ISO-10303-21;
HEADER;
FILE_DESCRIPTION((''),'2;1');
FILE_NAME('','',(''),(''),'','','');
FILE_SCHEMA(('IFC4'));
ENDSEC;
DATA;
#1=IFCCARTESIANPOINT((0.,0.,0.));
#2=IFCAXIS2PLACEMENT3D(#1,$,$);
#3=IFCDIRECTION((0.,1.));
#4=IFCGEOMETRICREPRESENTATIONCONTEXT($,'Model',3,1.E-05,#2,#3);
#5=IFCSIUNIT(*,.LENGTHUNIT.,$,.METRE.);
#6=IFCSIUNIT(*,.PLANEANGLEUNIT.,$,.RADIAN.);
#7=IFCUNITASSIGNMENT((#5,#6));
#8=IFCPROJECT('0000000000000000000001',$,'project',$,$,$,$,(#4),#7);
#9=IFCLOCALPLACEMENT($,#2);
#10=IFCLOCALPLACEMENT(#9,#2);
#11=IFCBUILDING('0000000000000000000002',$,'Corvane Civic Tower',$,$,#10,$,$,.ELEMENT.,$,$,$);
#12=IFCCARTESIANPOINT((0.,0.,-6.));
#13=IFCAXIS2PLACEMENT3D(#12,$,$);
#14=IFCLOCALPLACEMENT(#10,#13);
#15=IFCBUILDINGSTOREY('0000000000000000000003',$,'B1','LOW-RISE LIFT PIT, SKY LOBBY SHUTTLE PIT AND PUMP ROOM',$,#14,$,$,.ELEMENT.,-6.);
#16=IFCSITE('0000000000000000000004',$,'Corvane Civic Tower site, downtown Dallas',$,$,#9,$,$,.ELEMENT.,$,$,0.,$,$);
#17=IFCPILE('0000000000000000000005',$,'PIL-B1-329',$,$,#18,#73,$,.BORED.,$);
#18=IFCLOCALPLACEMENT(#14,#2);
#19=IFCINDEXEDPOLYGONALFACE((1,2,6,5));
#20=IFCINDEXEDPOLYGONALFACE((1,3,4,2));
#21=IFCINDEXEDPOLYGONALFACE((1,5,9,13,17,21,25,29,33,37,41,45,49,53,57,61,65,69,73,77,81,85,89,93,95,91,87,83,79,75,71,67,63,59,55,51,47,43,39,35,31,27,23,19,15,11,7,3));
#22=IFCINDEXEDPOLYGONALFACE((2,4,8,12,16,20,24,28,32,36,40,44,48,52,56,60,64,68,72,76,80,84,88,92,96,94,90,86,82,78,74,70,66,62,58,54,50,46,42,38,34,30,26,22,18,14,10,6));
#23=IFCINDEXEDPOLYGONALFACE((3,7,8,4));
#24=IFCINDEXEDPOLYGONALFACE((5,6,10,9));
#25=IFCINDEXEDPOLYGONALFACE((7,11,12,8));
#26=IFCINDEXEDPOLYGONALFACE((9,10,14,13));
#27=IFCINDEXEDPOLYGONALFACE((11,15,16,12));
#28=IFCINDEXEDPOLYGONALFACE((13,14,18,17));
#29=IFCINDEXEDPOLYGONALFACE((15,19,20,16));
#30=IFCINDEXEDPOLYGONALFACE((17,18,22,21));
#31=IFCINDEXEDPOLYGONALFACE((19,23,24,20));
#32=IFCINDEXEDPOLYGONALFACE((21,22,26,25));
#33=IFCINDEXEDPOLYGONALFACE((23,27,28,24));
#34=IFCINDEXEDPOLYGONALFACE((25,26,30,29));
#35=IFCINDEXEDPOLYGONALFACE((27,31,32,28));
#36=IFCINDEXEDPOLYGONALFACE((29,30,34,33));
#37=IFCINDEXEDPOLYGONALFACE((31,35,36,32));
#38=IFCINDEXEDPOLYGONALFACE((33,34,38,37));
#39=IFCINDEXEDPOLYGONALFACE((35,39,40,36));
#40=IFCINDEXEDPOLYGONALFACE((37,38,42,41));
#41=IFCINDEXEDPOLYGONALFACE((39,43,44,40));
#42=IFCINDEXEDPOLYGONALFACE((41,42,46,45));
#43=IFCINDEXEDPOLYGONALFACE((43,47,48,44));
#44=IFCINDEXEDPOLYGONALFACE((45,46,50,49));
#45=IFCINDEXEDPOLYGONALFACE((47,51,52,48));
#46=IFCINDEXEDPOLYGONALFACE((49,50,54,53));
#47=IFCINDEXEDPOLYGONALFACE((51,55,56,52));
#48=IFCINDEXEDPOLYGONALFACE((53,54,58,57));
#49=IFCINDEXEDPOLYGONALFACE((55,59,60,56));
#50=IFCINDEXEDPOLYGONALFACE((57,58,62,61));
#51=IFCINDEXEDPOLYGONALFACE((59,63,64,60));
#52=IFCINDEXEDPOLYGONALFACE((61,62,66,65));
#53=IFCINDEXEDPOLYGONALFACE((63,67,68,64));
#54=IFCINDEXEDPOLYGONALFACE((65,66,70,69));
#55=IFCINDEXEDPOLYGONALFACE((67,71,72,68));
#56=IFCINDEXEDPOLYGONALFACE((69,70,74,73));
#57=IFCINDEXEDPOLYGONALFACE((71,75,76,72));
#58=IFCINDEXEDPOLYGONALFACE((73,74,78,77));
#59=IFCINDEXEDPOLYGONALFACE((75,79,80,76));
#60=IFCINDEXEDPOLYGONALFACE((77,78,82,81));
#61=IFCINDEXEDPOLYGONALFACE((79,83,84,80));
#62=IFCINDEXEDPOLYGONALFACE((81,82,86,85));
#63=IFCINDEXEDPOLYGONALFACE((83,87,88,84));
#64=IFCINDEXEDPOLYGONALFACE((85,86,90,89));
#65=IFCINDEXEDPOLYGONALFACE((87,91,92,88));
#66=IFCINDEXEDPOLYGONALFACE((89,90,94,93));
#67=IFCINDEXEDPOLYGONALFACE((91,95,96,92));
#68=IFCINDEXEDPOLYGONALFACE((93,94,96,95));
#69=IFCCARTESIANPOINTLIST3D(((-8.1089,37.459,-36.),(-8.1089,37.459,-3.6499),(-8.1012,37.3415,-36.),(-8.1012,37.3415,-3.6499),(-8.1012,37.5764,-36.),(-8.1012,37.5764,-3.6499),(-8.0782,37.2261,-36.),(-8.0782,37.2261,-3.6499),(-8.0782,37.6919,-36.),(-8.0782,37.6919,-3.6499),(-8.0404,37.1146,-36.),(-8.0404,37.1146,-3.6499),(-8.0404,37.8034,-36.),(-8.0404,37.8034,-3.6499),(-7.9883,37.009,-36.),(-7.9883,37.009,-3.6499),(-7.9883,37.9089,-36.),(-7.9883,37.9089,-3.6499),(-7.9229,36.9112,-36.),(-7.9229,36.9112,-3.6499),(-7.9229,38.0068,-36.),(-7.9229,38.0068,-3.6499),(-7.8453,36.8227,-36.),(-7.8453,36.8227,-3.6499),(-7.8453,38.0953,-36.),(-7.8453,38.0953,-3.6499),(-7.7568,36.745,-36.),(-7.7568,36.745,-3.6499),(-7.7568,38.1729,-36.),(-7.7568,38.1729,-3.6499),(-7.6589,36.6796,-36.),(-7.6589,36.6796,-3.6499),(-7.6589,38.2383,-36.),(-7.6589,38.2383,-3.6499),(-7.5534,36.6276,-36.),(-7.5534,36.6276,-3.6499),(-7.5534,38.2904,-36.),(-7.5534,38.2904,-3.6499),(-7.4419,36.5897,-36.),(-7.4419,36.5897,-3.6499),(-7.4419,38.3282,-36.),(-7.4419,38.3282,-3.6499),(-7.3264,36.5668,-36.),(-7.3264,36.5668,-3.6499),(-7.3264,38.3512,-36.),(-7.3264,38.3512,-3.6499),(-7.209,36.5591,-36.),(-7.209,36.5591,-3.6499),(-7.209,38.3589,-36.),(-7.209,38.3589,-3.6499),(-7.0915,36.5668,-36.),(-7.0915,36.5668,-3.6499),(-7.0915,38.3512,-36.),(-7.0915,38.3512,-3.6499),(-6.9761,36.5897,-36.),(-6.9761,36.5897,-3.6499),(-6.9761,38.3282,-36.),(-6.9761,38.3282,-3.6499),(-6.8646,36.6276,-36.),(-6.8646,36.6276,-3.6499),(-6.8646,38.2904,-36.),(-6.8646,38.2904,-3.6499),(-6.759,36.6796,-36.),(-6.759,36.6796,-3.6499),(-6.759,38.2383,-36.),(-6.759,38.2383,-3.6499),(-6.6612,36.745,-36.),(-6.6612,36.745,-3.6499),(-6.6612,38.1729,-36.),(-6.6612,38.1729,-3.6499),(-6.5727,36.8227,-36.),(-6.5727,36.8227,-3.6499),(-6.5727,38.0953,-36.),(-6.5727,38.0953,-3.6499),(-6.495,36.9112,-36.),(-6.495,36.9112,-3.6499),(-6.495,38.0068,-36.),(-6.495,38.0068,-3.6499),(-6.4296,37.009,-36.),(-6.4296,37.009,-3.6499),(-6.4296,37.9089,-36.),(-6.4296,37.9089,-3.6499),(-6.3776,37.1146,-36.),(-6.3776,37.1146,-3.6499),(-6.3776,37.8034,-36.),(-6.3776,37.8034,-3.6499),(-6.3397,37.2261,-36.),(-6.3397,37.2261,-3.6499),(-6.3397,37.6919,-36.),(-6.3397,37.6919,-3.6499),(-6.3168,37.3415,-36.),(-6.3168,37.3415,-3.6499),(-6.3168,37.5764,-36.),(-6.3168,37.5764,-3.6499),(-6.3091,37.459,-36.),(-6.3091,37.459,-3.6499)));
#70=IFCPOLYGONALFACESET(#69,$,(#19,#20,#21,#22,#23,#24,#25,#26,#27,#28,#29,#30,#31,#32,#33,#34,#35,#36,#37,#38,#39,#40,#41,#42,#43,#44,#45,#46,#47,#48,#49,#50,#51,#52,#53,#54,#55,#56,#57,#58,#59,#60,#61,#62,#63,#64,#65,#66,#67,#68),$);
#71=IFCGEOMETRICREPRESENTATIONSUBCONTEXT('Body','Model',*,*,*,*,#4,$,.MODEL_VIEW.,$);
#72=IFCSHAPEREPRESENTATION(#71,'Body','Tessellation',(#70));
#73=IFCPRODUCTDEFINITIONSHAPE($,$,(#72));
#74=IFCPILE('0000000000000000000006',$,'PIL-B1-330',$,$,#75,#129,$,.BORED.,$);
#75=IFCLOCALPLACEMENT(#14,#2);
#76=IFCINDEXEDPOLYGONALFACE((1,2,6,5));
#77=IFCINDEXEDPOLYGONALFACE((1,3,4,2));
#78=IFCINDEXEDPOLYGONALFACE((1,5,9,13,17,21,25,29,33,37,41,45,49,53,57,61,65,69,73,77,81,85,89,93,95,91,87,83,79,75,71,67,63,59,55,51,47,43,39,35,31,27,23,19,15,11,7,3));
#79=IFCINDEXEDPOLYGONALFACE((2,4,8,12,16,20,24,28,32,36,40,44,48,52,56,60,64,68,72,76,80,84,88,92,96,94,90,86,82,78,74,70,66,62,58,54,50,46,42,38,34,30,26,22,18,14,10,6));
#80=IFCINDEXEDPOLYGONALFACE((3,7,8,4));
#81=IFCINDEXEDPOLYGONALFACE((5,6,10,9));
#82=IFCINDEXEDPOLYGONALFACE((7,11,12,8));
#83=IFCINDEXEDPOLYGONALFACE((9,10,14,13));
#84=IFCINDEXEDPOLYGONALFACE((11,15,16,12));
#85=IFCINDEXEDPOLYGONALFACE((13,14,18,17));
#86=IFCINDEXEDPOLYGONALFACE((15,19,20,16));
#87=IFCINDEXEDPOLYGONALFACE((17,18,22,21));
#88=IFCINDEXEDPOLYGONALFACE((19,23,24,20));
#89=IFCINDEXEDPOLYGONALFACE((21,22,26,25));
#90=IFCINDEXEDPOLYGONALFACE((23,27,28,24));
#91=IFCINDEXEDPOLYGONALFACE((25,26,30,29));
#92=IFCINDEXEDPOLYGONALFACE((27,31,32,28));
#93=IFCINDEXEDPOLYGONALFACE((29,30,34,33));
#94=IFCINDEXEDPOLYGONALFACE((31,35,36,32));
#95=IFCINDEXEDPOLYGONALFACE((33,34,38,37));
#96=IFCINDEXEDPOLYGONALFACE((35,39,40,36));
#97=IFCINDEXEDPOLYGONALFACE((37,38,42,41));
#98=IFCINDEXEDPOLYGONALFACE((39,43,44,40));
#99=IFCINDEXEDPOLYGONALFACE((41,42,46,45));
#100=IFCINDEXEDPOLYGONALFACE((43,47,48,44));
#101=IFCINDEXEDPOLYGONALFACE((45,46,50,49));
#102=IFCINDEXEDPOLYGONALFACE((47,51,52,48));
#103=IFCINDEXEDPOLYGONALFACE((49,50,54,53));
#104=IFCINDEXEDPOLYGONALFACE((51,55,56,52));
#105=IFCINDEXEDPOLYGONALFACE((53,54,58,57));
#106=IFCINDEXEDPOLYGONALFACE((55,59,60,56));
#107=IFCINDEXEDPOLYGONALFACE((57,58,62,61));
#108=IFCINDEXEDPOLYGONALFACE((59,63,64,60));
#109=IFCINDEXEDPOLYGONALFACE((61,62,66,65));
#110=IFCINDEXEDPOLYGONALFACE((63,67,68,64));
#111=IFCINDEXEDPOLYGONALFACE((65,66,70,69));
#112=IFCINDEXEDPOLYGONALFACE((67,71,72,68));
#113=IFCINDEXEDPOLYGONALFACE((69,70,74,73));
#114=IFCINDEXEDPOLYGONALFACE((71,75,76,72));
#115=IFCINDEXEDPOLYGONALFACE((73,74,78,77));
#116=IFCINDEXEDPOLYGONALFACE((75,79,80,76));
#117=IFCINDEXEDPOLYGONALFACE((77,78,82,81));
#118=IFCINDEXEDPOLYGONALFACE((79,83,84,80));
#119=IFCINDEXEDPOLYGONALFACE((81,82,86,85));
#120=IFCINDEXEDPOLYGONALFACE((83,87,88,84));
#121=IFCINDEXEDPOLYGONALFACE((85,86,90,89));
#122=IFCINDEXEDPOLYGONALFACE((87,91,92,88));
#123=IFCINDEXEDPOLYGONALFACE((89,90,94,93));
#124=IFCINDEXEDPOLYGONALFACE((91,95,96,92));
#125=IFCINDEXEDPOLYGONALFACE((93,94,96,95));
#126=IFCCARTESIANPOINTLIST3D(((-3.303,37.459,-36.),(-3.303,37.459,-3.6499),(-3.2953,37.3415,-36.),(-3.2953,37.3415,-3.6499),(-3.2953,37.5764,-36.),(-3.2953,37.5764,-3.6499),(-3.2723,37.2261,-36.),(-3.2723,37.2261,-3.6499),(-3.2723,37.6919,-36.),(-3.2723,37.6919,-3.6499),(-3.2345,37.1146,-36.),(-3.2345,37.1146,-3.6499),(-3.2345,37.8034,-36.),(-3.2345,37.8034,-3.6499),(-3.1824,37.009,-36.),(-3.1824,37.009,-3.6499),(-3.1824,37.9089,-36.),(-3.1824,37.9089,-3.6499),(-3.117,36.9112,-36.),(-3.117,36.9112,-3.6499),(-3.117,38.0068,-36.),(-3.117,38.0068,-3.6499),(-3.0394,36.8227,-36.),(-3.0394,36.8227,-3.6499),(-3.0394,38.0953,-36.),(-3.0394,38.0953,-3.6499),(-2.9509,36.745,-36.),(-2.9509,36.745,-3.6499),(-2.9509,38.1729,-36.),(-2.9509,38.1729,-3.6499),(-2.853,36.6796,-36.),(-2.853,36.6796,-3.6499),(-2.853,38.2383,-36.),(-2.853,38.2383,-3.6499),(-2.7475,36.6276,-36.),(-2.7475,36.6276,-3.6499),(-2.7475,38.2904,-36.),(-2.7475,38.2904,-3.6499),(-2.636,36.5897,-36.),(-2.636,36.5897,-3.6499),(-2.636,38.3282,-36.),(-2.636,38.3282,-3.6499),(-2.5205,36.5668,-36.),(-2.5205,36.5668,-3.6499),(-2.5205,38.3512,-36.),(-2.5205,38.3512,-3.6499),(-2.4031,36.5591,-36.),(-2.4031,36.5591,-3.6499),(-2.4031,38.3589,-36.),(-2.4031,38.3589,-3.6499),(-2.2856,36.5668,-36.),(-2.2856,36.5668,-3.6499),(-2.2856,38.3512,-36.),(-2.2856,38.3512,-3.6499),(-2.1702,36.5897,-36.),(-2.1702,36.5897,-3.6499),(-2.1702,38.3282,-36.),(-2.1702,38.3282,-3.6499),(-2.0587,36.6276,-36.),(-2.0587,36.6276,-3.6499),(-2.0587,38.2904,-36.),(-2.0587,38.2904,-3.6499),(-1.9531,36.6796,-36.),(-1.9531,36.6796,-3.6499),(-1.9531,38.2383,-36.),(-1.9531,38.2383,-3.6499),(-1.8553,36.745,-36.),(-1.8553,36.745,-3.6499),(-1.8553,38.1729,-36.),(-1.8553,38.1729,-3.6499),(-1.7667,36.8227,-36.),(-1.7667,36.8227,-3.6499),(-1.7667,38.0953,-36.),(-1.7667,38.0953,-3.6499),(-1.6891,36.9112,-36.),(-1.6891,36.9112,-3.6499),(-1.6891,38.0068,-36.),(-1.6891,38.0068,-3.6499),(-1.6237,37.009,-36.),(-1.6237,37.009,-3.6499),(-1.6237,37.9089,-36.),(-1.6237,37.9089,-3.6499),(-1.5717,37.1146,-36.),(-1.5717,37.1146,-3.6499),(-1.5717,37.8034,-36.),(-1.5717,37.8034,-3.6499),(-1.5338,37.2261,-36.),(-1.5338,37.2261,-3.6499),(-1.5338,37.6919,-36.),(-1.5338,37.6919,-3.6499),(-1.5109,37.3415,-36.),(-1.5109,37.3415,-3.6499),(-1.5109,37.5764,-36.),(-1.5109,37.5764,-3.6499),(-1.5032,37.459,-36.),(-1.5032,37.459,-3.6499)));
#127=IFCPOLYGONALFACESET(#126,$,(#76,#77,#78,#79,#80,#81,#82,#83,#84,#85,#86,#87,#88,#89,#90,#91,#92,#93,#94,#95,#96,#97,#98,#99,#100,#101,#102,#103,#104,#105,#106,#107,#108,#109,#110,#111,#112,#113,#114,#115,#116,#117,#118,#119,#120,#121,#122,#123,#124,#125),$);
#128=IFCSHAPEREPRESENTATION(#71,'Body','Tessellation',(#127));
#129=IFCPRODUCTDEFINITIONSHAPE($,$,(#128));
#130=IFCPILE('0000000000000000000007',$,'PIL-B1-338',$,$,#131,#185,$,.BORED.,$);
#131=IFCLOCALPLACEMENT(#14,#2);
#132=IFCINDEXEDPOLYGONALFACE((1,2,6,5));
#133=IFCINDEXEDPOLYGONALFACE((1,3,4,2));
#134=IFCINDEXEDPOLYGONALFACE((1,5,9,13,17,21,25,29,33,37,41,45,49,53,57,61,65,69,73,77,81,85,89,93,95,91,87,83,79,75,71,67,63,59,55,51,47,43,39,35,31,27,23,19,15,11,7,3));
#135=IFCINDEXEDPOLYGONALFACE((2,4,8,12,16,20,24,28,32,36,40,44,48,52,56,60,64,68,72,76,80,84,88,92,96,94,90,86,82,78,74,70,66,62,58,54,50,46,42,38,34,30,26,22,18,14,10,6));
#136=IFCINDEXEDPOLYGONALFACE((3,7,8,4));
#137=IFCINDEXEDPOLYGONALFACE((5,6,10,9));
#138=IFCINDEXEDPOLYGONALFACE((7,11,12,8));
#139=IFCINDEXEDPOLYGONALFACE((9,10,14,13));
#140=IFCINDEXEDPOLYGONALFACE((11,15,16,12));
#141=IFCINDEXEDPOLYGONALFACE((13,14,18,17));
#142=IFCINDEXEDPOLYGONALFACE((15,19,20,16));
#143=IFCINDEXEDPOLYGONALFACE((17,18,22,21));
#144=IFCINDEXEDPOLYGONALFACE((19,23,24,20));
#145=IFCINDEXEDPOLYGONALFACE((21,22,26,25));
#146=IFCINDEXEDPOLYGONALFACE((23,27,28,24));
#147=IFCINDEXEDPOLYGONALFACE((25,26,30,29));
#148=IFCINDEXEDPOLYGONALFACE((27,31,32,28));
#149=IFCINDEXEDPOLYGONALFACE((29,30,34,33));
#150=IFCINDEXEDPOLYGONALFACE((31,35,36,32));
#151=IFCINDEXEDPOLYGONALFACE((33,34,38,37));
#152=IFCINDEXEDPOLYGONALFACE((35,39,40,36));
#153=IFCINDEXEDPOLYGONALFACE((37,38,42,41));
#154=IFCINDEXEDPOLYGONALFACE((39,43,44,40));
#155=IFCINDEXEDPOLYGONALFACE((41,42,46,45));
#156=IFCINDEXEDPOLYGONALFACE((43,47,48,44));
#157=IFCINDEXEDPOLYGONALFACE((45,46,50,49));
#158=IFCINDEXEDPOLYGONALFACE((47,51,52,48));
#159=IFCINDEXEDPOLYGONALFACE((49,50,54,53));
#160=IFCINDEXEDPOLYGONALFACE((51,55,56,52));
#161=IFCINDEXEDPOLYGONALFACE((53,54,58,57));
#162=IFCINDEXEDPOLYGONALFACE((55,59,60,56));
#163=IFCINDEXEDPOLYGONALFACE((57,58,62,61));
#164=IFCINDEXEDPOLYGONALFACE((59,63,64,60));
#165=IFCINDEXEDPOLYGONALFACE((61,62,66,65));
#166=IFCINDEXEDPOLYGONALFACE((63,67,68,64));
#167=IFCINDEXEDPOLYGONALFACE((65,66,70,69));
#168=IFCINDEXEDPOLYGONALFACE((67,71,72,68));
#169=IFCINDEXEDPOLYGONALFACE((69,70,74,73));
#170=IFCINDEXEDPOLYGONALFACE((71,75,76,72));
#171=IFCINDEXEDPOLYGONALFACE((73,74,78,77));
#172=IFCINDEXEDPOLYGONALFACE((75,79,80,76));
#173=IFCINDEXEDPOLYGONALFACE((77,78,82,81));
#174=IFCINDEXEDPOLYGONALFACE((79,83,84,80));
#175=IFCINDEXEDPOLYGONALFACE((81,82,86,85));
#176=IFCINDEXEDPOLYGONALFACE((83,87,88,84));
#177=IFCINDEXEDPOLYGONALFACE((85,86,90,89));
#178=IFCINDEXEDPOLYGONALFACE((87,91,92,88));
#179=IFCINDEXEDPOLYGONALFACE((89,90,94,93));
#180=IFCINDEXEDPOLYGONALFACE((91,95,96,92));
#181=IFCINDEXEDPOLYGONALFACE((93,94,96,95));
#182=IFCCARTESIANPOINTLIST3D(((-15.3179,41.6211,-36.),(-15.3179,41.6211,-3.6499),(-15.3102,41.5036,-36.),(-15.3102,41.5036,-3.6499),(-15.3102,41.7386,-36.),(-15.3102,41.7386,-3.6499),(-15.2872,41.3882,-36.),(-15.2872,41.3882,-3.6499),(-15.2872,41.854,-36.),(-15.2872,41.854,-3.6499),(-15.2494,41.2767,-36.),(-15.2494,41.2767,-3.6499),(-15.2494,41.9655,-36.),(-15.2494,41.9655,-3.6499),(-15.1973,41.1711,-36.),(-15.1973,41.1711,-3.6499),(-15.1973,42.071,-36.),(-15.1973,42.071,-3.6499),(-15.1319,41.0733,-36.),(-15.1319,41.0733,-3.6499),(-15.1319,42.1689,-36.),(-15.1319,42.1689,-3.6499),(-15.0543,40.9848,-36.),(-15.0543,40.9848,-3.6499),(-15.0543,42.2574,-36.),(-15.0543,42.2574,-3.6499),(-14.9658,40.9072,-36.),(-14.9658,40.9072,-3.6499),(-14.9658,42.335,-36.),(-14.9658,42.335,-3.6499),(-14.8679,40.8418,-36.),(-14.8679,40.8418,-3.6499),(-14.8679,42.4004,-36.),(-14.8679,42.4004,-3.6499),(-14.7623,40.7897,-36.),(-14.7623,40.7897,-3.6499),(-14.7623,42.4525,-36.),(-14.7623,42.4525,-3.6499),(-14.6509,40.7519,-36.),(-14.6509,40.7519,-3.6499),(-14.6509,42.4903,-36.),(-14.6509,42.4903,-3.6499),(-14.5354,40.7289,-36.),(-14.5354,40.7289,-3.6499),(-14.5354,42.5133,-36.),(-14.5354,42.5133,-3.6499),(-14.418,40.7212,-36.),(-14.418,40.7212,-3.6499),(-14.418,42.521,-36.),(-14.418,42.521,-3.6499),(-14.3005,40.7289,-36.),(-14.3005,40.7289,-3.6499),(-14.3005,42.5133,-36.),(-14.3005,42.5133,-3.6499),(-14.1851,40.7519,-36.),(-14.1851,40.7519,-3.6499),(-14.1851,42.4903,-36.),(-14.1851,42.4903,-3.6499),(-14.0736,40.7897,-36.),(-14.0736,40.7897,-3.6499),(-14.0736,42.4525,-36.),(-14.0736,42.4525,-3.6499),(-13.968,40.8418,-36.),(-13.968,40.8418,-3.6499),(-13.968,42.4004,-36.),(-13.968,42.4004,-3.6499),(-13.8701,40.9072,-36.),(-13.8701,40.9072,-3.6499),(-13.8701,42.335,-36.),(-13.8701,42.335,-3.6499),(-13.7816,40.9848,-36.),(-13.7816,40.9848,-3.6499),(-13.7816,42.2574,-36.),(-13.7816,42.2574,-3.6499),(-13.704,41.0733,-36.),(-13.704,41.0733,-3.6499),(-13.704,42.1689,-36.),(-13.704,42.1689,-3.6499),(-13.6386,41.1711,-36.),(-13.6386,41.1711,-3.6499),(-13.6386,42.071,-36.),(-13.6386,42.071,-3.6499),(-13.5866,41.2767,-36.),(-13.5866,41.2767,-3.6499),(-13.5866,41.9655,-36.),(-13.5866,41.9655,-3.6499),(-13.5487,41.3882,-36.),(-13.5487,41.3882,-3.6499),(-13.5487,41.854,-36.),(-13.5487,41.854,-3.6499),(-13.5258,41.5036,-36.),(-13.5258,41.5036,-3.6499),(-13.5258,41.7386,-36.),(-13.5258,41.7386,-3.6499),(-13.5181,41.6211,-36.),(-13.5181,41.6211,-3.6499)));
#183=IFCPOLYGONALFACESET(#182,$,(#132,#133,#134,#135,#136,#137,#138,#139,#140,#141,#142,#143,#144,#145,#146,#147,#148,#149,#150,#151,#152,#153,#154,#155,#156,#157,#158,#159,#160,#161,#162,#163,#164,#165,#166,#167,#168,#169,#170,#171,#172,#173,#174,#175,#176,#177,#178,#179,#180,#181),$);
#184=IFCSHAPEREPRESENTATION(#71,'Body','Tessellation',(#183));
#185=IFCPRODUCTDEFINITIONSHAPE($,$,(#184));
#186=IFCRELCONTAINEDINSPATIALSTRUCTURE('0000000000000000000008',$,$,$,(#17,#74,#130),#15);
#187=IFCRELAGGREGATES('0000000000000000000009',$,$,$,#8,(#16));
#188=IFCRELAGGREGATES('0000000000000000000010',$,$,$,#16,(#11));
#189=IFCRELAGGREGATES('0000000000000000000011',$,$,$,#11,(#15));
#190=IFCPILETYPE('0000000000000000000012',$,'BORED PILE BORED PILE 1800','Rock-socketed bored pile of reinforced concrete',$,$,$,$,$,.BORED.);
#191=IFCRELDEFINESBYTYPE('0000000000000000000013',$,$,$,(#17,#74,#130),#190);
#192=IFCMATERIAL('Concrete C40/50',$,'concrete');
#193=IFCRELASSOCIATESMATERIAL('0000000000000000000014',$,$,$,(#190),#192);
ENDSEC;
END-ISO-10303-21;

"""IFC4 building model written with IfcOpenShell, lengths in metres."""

from ifc_helpers import new_model, si_unit, direction, frame, origin, origin_2d, place, context, subcontext, project, spatial, circle, extrude, material, material_profile, profile_set, type_object, element, save


model = new_model("IFC4")

# Units and contexts
model_context = context("Model", 3, precision=1e-05, world=origin(), true_north=direction((0.0, 1.0)))
body_context = subcontext(model_context, "Body", "Model", "MODEL_VIEW")
ifc_project = project(units=[si_unit("LENGTHUNIT", "METRE"), si_unit("PLANEANGLEUNIT", "RADIAN")], contexts=[model_context])

# Site, building, storey
site_placement = place(None, origin())
site = spatial("IfcSite", under=ifc_project, at=site_placement, Name="Corvane Civic Tower site, downtown Dallas", CompositionType="ELEMENT", RefElevation=0.0)
building_placement = place(site_placement, origin())
building = spatial("IfcBuilding", under=site, at=building_placement, Name="Corvane Civic Tower", CompositionType="ELEMENT")
storey_placement = place(building_placement, frame((0.0, 0.0, -6.0)))
storey = spatial("IfcBuildingStorey", under=building, at=storey_placement, Name="B1", Description="LOW-RISE LIFT PIT, SKY LOBBY SHUTTLE PIT AND PUMP ROOM", CompositionType="ELEMENT", Elevation=-6.0)

# Piles
ifc_material_1 = material(Name="Concrete C40/50", Category="concrete")
ifc_material_profile_1 = material_profile(ifc_material_1, circle(Radius=0.8999, at=origin_2d()), Name="BORED PILE 1800")
ifc_profile_set_1 = profile_set([ifc_material_profile_1], Name="Concrete C40/50")
pile_type_1 = type_object("IfcPileType", Name="BORED PILE BORED PILE 1800", Description="Rock-socketed bored pile of reinforced concrete", PredefinedType="BORED", material=ifc_profile_set_1)
for number, where, z_axis, x_axis, name in (
    (1, (-7.209, 37.459, -3.6499), (0.0, 0.0, -1.0), (1.0, 0.0, 0.0), "PIL-B1-329"),
    (2, (-2.4031, 37.459, -3.6499), (0.0, 0.0, -1.0), (1.0, 0.0, 0.0), "PIL-B1-330"),
    (3, (-14.418, 41.6211, -3.6499), (0.0, 0.0, -1.0), (1.0, 0.0, 0.0), "PIL-B1-338"),
):
    element("IfcPile", number, at=place(storey_placement, frame(where, z_axis=z_axis, x_axis=x_axis)), inside=storey, type_object=pile_type_1, Name=name, PredefinedType="BORED", context=body_context, shape_type="SweptSolid", body=[
        extrude(circle(Radius=0.8999, at=origin_2d()), origin(), (0.0, 0.0, 1.0), 32.3501),
    ])

save(model, "model.ifc")
